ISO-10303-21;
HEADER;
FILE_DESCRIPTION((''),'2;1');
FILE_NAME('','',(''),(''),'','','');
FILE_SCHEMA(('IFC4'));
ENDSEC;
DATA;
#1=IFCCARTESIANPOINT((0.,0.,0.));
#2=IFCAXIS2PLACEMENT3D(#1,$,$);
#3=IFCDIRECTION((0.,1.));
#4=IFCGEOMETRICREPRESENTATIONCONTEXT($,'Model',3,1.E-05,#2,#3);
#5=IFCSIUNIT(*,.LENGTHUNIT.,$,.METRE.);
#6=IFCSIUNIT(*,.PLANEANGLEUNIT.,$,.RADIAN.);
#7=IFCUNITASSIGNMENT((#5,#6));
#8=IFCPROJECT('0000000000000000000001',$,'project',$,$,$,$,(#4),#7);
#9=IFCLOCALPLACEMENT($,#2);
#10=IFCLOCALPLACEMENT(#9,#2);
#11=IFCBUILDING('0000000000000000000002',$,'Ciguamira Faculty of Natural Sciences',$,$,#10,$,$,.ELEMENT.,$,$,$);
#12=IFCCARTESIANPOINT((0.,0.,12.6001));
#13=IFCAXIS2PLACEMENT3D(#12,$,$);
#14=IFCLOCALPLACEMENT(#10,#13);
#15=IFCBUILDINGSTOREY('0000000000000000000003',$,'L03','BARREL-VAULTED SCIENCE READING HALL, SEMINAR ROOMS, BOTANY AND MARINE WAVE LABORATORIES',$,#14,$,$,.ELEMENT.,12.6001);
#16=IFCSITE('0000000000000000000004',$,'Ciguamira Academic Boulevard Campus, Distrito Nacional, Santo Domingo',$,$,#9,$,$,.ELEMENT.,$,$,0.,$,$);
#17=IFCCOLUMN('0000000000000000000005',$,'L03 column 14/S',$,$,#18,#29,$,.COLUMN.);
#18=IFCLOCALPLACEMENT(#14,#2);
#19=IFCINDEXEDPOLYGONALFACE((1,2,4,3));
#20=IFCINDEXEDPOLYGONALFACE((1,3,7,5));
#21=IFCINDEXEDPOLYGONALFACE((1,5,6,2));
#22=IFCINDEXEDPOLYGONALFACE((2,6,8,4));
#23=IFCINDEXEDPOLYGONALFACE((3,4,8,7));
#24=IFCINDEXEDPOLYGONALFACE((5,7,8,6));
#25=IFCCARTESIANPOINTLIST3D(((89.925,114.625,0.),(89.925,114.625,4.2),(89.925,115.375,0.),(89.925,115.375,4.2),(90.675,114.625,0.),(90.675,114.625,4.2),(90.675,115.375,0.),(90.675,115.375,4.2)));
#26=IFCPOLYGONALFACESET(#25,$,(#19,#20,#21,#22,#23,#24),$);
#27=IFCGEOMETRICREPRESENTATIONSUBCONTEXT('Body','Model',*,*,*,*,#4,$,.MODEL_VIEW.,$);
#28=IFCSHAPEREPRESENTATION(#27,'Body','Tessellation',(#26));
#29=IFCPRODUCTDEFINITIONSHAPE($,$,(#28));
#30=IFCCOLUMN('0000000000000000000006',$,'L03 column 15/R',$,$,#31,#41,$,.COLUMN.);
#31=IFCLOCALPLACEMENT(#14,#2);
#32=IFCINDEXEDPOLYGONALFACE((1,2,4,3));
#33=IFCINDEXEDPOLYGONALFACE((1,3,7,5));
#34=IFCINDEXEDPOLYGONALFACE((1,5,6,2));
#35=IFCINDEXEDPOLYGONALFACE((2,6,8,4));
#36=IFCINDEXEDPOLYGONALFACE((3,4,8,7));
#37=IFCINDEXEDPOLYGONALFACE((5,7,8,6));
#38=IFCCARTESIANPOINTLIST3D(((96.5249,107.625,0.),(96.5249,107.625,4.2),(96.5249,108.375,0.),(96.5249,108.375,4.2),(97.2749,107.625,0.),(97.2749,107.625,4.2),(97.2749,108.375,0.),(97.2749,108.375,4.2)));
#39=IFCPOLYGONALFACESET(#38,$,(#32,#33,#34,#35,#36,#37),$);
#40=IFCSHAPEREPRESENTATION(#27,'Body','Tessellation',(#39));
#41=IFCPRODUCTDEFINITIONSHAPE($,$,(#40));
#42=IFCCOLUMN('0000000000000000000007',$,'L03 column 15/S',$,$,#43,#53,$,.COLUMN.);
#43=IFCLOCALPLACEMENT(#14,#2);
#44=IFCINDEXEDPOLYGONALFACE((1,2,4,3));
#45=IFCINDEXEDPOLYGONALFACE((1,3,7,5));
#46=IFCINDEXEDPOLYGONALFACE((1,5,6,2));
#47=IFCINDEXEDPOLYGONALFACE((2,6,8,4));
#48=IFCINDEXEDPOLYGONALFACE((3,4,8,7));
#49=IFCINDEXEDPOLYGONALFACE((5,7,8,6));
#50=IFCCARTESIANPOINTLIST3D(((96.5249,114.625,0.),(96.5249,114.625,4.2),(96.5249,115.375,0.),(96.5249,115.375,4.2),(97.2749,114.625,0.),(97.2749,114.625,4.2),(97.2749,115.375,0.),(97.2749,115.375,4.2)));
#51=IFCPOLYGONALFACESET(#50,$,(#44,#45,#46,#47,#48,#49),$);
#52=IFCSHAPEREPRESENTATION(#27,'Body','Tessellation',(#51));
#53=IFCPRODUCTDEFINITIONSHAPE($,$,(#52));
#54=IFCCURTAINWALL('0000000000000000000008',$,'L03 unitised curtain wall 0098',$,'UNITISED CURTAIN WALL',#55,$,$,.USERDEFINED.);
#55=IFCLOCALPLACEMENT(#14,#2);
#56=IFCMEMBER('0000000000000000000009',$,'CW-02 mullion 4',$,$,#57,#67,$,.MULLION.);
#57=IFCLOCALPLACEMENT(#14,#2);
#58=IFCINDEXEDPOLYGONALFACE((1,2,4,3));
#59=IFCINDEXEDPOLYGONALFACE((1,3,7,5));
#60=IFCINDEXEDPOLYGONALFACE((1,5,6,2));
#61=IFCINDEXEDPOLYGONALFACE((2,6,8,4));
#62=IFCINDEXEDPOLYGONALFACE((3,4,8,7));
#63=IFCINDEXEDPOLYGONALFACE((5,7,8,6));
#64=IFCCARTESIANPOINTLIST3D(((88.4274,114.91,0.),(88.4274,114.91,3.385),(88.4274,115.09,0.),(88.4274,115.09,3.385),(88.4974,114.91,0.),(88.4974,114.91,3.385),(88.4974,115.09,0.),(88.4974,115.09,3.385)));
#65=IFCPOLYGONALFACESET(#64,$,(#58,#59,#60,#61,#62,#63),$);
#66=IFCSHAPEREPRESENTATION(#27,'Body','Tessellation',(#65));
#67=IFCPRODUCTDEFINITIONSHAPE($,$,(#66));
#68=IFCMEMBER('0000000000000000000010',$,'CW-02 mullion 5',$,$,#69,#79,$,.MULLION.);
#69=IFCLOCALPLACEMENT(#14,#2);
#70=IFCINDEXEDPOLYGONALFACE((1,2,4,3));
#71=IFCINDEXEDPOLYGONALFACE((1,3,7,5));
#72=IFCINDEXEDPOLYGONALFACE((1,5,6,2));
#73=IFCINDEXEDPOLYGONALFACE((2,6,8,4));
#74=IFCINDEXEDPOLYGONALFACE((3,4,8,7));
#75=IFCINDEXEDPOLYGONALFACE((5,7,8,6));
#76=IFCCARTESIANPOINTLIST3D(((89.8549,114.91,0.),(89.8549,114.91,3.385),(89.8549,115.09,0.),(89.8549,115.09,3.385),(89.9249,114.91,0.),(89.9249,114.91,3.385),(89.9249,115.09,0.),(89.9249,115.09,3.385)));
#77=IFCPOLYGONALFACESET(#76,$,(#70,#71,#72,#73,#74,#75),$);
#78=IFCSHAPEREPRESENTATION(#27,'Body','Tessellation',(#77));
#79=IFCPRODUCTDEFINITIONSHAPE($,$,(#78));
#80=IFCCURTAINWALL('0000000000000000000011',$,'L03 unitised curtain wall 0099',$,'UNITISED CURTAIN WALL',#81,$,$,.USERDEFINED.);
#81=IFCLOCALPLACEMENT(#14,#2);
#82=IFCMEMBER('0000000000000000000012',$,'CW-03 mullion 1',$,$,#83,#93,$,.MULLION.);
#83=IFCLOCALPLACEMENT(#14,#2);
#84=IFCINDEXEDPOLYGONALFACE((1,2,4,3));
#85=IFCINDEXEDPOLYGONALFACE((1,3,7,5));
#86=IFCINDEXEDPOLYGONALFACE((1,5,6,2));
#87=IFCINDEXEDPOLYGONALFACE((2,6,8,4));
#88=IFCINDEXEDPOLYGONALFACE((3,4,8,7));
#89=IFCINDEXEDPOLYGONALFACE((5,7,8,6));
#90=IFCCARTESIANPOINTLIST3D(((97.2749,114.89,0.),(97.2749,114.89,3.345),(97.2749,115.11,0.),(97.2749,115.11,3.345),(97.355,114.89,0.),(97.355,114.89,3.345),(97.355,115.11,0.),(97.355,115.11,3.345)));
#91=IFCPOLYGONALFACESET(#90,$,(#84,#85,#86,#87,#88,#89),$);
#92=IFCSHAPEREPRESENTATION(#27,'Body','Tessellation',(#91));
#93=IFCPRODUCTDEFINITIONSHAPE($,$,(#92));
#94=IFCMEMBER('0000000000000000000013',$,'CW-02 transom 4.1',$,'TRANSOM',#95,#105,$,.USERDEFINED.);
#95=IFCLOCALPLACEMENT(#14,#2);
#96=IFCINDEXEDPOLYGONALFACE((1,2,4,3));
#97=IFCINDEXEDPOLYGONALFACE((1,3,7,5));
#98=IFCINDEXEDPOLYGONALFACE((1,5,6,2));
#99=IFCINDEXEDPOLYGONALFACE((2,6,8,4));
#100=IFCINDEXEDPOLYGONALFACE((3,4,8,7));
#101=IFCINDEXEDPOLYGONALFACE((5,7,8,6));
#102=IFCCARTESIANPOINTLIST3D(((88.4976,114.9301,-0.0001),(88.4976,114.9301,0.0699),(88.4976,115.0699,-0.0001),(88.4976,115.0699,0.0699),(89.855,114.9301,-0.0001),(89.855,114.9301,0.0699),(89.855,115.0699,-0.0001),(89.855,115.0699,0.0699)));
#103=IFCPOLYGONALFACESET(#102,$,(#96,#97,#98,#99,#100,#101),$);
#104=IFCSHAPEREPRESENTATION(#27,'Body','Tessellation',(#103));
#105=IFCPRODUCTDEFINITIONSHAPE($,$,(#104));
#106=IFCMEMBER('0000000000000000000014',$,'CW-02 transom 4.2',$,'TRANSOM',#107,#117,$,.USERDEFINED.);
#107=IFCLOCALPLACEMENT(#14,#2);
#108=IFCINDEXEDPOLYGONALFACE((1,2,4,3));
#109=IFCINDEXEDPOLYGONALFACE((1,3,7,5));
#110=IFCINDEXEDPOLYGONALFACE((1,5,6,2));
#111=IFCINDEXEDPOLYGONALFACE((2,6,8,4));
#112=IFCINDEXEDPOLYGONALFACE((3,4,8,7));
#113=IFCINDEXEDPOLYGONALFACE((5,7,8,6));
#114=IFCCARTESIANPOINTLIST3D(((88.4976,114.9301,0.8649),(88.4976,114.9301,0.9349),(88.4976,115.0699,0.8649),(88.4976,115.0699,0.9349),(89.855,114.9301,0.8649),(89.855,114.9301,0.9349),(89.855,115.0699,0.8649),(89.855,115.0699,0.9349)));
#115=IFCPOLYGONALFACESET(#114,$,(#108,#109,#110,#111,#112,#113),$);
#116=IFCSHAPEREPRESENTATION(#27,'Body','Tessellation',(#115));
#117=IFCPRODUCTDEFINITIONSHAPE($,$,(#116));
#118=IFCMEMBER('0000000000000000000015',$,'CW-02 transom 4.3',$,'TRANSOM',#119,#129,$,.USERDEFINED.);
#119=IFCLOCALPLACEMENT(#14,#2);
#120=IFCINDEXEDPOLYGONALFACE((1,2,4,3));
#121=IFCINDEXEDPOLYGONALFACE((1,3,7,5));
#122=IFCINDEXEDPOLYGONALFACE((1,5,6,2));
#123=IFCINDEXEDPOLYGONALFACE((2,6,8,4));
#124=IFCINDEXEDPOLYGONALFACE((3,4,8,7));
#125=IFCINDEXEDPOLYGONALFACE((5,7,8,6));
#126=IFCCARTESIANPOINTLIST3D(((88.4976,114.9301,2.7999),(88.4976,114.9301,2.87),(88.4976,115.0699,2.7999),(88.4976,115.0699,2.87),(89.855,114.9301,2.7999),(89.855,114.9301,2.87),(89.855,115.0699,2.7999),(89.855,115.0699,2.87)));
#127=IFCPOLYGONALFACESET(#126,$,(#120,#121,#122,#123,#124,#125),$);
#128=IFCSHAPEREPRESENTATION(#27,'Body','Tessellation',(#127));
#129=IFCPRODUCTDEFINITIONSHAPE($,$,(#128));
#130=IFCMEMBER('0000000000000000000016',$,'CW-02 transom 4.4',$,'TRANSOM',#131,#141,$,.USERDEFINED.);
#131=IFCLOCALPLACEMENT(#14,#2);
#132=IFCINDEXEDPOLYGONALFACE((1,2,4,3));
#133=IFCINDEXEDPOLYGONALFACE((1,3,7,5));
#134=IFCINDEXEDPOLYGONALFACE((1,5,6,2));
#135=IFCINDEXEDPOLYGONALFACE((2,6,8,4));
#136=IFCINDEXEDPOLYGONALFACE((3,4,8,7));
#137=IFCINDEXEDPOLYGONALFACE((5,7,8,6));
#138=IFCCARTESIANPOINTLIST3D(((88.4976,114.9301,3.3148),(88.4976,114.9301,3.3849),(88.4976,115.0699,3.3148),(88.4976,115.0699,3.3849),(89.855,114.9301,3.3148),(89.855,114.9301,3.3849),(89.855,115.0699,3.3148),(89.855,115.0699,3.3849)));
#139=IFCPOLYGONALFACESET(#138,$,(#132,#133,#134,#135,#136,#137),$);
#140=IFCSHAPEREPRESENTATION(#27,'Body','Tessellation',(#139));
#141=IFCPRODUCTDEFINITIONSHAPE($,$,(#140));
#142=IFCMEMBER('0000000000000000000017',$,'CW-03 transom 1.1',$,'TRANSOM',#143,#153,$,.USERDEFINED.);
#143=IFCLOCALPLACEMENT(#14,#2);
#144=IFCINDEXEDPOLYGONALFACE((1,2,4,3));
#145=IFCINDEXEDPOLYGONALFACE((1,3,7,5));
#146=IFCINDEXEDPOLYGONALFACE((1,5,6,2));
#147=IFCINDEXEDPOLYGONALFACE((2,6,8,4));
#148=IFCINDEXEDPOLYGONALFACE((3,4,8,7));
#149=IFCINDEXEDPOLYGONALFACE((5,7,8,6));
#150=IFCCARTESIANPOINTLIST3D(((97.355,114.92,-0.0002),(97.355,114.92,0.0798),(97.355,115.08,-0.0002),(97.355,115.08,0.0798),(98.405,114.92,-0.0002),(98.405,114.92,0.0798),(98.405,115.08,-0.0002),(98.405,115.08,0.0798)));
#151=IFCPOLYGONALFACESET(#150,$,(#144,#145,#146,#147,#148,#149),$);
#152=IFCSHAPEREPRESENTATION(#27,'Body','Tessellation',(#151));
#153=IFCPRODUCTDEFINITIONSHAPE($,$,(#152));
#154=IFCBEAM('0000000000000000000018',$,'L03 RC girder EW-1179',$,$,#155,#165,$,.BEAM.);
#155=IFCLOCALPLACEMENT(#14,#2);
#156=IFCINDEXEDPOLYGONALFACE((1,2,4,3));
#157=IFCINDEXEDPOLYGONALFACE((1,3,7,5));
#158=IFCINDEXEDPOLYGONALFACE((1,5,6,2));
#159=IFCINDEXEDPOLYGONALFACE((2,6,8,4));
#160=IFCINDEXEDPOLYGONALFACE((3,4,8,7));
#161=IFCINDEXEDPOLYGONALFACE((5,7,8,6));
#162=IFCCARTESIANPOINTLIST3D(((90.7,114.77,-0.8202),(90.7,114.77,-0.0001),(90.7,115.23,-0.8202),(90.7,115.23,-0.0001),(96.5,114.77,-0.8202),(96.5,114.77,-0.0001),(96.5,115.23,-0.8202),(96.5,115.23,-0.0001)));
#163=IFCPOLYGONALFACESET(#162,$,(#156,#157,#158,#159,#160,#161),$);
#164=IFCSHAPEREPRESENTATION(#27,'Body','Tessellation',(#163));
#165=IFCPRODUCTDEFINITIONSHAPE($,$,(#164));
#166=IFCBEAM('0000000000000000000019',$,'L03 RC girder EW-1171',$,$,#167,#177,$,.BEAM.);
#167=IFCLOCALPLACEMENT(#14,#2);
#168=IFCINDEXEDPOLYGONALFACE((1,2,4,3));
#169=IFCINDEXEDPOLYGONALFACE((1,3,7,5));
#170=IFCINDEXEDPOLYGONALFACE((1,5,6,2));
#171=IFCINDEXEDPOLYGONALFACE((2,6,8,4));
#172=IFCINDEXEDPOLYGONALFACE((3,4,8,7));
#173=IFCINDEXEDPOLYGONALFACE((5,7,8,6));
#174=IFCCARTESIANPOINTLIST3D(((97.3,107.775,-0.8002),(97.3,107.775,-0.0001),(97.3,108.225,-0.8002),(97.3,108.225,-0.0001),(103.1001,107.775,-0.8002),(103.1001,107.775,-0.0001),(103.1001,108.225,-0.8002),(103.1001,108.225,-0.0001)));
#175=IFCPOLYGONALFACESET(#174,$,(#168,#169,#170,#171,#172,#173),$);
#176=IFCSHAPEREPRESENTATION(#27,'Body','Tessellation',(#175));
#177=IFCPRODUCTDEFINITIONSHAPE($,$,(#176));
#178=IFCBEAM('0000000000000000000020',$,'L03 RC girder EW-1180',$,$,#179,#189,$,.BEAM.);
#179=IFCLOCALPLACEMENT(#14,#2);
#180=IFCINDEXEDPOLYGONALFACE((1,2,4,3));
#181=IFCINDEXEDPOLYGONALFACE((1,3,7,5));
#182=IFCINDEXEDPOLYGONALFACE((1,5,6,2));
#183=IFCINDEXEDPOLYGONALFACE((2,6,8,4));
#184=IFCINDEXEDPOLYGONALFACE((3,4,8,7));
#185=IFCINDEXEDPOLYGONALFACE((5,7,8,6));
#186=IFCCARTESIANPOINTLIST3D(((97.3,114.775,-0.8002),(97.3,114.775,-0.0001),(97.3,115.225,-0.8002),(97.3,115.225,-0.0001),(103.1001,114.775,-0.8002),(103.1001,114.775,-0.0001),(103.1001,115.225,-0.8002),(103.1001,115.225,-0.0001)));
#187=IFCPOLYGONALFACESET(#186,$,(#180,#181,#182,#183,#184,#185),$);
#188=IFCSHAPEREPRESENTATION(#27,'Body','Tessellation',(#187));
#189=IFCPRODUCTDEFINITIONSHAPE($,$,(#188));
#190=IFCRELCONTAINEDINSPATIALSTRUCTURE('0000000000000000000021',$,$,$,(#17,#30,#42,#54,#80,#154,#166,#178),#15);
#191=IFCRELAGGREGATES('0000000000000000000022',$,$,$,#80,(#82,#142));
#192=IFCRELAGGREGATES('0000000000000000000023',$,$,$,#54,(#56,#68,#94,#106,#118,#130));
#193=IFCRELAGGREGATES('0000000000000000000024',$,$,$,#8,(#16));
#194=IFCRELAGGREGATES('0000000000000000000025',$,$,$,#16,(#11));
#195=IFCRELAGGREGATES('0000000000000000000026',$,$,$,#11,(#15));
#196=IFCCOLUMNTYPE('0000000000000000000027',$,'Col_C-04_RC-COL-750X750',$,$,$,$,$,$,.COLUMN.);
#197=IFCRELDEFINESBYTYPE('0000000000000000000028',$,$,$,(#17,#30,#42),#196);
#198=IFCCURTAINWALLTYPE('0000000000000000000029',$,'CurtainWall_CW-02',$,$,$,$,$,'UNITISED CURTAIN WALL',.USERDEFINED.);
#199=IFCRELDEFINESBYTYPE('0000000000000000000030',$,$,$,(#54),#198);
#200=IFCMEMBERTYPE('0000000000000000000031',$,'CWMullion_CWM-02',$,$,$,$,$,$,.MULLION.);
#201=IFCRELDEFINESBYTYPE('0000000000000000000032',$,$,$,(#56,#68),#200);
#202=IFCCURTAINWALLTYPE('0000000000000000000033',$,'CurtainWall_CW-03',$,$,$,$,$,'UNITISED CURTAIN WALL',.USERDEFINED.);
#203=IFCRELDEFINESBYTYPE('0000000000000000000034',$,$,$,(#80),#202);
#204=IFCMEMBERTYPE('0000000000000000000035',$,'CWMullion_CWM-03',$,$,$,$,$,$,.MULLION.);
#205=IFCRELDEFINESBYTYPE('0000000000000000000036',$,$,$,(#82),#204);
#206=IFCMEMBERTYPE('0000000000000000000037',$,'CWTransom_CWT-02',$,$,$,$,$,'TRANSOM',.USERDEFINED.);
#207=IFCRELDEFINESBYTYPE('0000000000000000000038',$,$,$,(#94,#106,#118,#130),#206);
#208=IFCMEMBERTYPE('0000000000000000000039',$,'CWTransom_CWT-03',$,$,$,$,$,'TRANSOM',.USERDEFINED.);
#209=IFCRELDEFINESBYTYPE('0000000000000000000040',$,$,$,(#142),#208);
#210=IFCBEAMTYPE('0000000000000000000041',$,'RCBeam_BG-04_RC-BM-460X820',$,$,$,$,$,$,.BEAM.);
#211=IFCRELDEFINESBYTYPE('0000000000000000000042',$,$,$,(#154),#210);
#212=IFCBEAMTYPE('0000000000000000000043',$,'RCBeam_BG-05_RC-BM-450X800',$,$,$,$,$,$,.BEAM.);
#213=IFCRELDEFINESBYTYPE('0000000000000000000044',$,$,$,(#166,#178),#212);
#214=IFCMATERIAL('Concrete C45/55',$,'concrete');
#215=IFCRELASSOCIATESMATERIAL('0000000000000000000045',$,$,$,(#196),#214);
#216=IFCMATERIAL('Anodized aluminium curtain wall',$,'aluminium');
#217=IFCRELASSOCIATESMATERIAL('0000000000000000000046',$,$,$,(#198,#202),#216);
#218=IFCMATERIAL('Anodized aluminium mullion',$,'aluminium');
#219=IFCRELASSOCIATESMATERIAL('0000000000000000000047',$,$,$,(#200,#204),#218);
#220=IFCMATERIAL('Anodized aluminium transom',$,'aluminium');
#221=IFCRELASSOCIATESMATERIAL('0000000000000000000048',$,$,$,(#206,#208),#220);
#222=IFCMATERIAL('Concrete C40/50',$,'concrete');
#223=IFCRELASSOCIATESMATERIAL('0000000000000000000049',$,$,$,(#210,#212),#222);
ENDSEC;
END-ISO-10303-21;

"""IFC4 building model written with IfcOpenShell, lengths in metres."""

from ifc_helpers import new_model, si_unit, direction, frame, origin, origin_2d, place, context, subcontext, project, spatial, rectangle, extrude, material, material_profile, profile_set, type_object, element, aggregate, save


model = new_model("IFC4")

# Units and contexts
model_context = context("Model", 3, precision=1e-05, world=origin(), true_north=direction((0.0, 1.0)))
body_context = subcontext(model_context, "Body", "Model", "MODEL_VIEW")
ifc_project = project(units=[si_unit("LENGTHUNIT", "METRE"), si_unit("PLANEANGLEUNIT", "RADIAN")], contexts=[model_context])

# Site, building, storey
site_placement = place(None, origin())
site = spatial("IfcSite", under=ifc_project, at=site_placement, Name="Ciguamira Academic Boulevard Campus, Distrito Nacional, Santo Domingo", CompositionType="ELEMENT", RefElevation=0.0)
building_placement = place(site_placement, origin())
building = spatial("IfcBuilding", under=site, at=building_placement, Name="Ciguamira Faculty of Natural Sciences", CompositionType="ELEMENT")
storey_placement = place(building_placement, frame((0.0, 0.0, 12.6001)))
storey = spatial("IfcBuildingStorey", under=building, at=storey_placement, Name="L03", Description="BARREL-VAULTED SCIENCE READING HALL, SEMINAR ROOMS, BOTANY AND MARINE WAVE LABORATORIES", CompositionType="ELEMENT", Elevation=12.6001)

# Columns
ifc_material_1 = material(Name="Concrete C45/55", Category="concrete")
ifc_material_profile_1 = material_profile(ifc_material_1, rectangle(XDim=0.75, YDim=0.75, at=origin_2d()), Name="RC-COL-750X750")
ifc_profile_set_1 = profile_set([ifc_material_profile_1], Name="Concrete C45/55")
column_type = type_object("IfcColumnType", Name="Col_C-04_RC-COL-750X750", PredefinedType="COLUMN", material=ifc_profile_set_1)
for number, where, z_axis, x_axis, name in (
    (1, (90.3, 115.0, 0.0), (0.0, 0.0, 1.0), (1.0, 0.0, 0.0), "L03 column 14/S"),
    (2, (96.8999, 108.0, 0.0), (0.0, 0.0, 1.0), (1.0, 0.0, 0.0), "L03 column 15/R"),
    (3, (96.8999, 115.0, 0.0), (0.0, 0.0, 1.0), (1.0, 0.0, 0.0), "L03 column 15/S"),
):
    element("IfcColumn", number, at=place(storey_placement, frame(where, z_axis=z_axis, x_axis=x_axis)), inside=storey, type_object=column_type, Name=name, PredefinedType="COLUMN", context=body_context, shape_type="SweptSolid", body=[
        extrude(rectangle(XDim=0.75, YDim=0.75, at=origin_2d()), origin(), (0.0, 0.0, 1.0), 4.2),
    ])

# Curtain wall, members
ifc_material_2 = material(Name="Anodized aluminium curtain wall", Category="aluminium")
curtain_wall_type_1 = type_object("IfcCurtainWallType", Name="CurtainWall_CW-02", ElementType="UNITISED CURTAIN WALL", PredefinedType="USERDEFINED", material=ifc_material_2)
curtain_wall_1_placement = place(storey_placement, origin())
curtain_wall_1 = element("IfcCurtainWall", 4, at=curtain_wall_1_placement, inside=storey, type_object=curtain_wall_type_1, Name="L03 unitised curtain wall 0098", ObjectType="UNITISED CURTAIN WALL", PredefinedType="USERDEFINED")
ifc_material_3 = material(Name="Anodized aluminium mullion", Category="aluminium")
ifc_material_profile_2 = material_profile(ifc_material_3, rectangle(XDim=0.0701, YDim=0.1799, at=origin_2d()), Name="ALU-MUL-70X180")
ifc_profile_set_2 = profile_set([ifc_material_profile_2], Name="Anodized aluminium mullion")
member_type_1 = type_object("IfcMemberType", Name="CWMullion_CWM-02", PredefinedType="MULLION", material=ifc_profile_set_2)
member_1_placement = place(storey_placement, frame((88.4624, 115.0, 0.0), z_axis=(0.0, 0.0, 1.0), x_axis=(1.0, 0.0, 0.0)))
member_1 = element("IfcMember", 5, at=member_1_placement, type_object=member_type_1, Name="CW-02 mullion 4", PredefinedType="MULLION", context=body_context, shape_type="SweptSolid", body=[
    extrude(rectangle(XDim=0.0701, YDim=0.1799, at=origin_2d()), origin(), (0.0, 0.0, 1.0), 3.385),
])
member_2_placement = place(storey_placement, frame((89.8899, 115.0, 0.0), z_axis=(0.0, 0.0, 1.0), x_axis=(1.0, 0.0, 0.0)))
member_2 = element("IfcMember", 6, at=member_2_placement, type_object=member_type_1, Name="CW-02 mullion 5", PredefinedType="MULLION", context=body_context, shape_type="SweptSolid", body=[
    extrude(rectangle(XDim=0.0701, YDim=0.1799, at=origin_2d()), origin(), (0.0, 0.0, 1.0), 3.385),
])

# Curtain wall, member
curtain_wall_type_2 = type_object("IfcCurtainWallType", Name="CurtainWall_CW-03", ElementType="UNITISED CURTAIN WALL", PredefinedType="USERDEFINED", material=ifc_material_2)
curtain_wall_2_placement = place(storey_placement, origin())
curtain_wall_2 = element("IfcCurtainWall", 7, at=curtain_wall_2_placement, inside=storey, type_object=curtain_wall_type_2, Name="L03 unitised curtain wall 0099", ObjectType="UNITISED CURTAIN WALL", PredefinedType="USERDEFINED")
ifc_material_profile_3 = material_profile(ifc_material_3, rectangle(XDim=0.0801, YDim=0.22, at=origin_2d()), Name="ALU-MUL-80X220")
ifc_profile_set_3 = profile_set([ifc_material_profile_3], Name="Anodized aluminium mullion")
member_type_2 = type_object("IfcMemberType", Name="CWMullion_CWM-03", PredefinedType="MULLION", material=ifc_profile_set_3)
member_3_placement = place(storey_placement, frame((97.3149, 115.0, 0.0), z_axis=(0.0, 0.0, 1.0), x_axis=(1.0, 0.0, 0.0)))
member_3 = element("IfcMember", 8, at=member_3_placement, type_object=member_type_2, Name="CW-03 mullion 1", PredefinedType="MULLION", context=body_context, shape_type="SweptSolid", body=[
    extrude(rectangle(XDim=0.0801, YDim=0.22, at=origin_2d()), origin(), (0.0, 0.0, 1.0), 3.345),
])

# Members
ifc_material_4 = material(Name="Anodized aluminium transom", Category="aluminium")
ifc_material_profile_4 = material_profile(ifc_material_4, rectangle(XDim=0.0701, YDim=0.1399, at=origin_2d()), Name="ALU-TRN-70X140")
ifc_profile_set_4 = profile_set([ifc_material_profile_4], Name="Anodized aluminium transom")
member_type_3 = type_object("IfcMemberType", Name="CWTransom_CWT-02", ElementType="TRANSOM", PredefinedType="USERDEFINED", material=ifc_profile_set_4)
member_4_placement = place(storey_placement, frame((88.4976, 115.0, 0.0349), z_axis=(1.0, 0.0, 0.0), x_axis=(0.0, 0.0, 1.0)))
member_4 = element("IfcMember", 9, at=member_4_placement, type_object=member_type_3, Name="CW-02 transom 4.1", ObjectType="TRANSOM", PredefinedType="USERDEFINED", context=body_context, shape_type="SweptSolid", body=[
    extrude(rectangle(XDim=0.0701, YDim=0.1399, at=origin_2d()), origin(), (0.0, 0.0, 1.0), 1.3574),
])
member_5_placement = place(storey_placement, frame((88.4976, 115.0, 0.8999), z_axis=(1.0, 0.0, 0.0), x_axis=(0.0, 0.0, 1.0)))
member_5 = element("IfcMember", 10, at=member_5_placement, type_object=member_type_3, Name="CW-02 transom 4.2", ObjectType="TRANSOM", PredefinedType="USERDEFINED", context=body_context, shape_type="SweptSolid", body=[
    extrude(rectangle(XDim=0.0701, YDim=0.1399, at=origin_2d()), origin(), (0.0, 0.0, 1.0), 1.3574),
])
member_6_placement = place(storey_placement, frame((88.4976, 115.0, 2.835), z_axis=(1.0, 0.0, 0.0), x_axis=(0.0, 0.0, 1.0)))
member_6 = element("IfcMember", 11, at=member_6_placement, type_object=member_type_3, Name="CW-02 transom 4.3", ObjectType="TRANSOM", PredefinedType="USERDEFINED", context=body_context, shape_type="SweptSolid", body=[
    extrude(rectangle(XDim=0.0701, YDim=0.1399, at=origin_2d()), origin(), (0.0, 0.0, 1.0), 1.3574),
])
member_7_placement = place(storey_placement, frame((88.4976, 115.0, 3.3499), z_axis=(1.0, 0.0, 0.0), x_axis=(0.0, 0.0, 1.0)))
member_7 = element("IfcMember", 12, at=member_7_placement, type_object=member_type_3, Name="CW-02 transom 4.4", ObjectType="TRANSOM", PredefinedType="USERDEFINED", context=body_context, shape_type="SweptSolid", body=[
    extrude(rectangle(XDim=0.0701, YDim=0.1399, at=origin_2d()), origin(), (0.0, 0.0, 1.0), 1.3574),
])
ifc_material_profile_5 = material_profile(ifc_material_4, rectangle(XDim=0.0801, YDim=0.1599, at=origin_2d()), Name="ALU-TRN-80X160")
ifc_profile_set_5 = profile_set([ifc_material_profile_5], Name="Anodized aluminium transom")
member_type_4 = type_object("IfcMemberType", Name="CWTransom_CWT-03", ElementType="TRANSOM", PredefinedType="USERDEFINED", material=ifc_profile_set_5)
member_8_placement = place(storey_placement, frame((97.355, 115.0, 0.0398), z_axis=(1.0, 0.0, 0.0), x_axis=(0.0, 0.0, 1.0)))
member_8 = element("IfcMember", 13, at=member_8_placement, type_object=member_type_4, Name="CW-03 transom 1.1", ObjectType="TRANSOM", PredefinedType="USERDEFINED", context=body_context, shape_type="SweptSolid", body=[
    extrude(rectangle(XDim=0.0801, YDim=0.1599, at=origin_2d()), origin(), (0.0, 0.0, 1.0), 1.05),
])
aggregate(curtain_wall_2, [member_3, member_8])

# Beams
ifc_material_5 = material(Name="Concrete C40/50", Category="concrete")
ifc_material_profile_6 = material_profile(ifc_material_5, rectangle(XDim=0.46, YDim=0.8201, at=origin_2d()), Name="RC-BM-460X820")
ifc_profile_set_6 = profile_set([ifc_material_profile_6], Name="Concrete C40/50")
beam_type_1 = type_object("IfcBeamType", Name="RCBeam_BG-04_RC-BM-460X820", PredefinedType="BEAM", material=ifc_profile_set_6)
beam_1_placement = place(storey_placement, frame((90.7, 115.0, -0.4102), z_axis=(1.0, 0.0, 0.0), x_axis=(0.0, 1.0, 0.0)))
element("IfcBeam", 14, at=beam_1_placement, inside=storey, type_object=beam_type_1, Name="L03 RC girder EW-1179", PredefinedType="BEAM", context=body_context, shape_type="SweptSolid", body=[
    extrude(rectangle(XDim=0.46, YDim=0.8201, at=origin_2d()), origin(), (0.0, 0.0, 1.0), 5.8),
])
ifc_material_profile_7 = material_profile(ifc_material_5, rectangle(XDim=0.45, YDim=0.8, at=origin_2d()), Name="RC-BM-450X800")
ifc_profile_set_7 = profile_set([ifc_material_profile_7], Name="Concrete C40/50")
beam_type_2 = type_object("IfcBeamType", Name="RCBeam_BG-05_RC-BM-450X800", PredefinedType="BEAM", material=ifc_profile_set_7)
for number, where, z_axis, x_axis, name in (
    (15, (97.3, 108.0, -0.4001), (1.0, 0.0, 0.0), (0.0, 1.0, 0.0), "L03 RC girder EW-1171"),
    (16, (97.3, 115.0, -0.4001), (1.0, 0.0, 0.0), (0.0, 1.0, 0.0), "L03 RC girder EW-1180"),
):
    element("IfcBeam", number, at=place(storey_placement, frame(where, z_axis=z_axis, x_axis=x_axis)), inside=storey, type_object=beam_type_2, Name=name, PredefinedType="BEAM", context=body_context, shape_type="SweptSolid", body=[
        extrude(rectangle(XDim=0.45, YDim=0.8, at=origin_2d()), origin(), (0.0, 0.0, 1.0), 5.8),
    ])

aggregate(curtain_wall_1, [member_1, member_2, member_4, member_5, member_6, member_7])

save(model, "model.ifc")
